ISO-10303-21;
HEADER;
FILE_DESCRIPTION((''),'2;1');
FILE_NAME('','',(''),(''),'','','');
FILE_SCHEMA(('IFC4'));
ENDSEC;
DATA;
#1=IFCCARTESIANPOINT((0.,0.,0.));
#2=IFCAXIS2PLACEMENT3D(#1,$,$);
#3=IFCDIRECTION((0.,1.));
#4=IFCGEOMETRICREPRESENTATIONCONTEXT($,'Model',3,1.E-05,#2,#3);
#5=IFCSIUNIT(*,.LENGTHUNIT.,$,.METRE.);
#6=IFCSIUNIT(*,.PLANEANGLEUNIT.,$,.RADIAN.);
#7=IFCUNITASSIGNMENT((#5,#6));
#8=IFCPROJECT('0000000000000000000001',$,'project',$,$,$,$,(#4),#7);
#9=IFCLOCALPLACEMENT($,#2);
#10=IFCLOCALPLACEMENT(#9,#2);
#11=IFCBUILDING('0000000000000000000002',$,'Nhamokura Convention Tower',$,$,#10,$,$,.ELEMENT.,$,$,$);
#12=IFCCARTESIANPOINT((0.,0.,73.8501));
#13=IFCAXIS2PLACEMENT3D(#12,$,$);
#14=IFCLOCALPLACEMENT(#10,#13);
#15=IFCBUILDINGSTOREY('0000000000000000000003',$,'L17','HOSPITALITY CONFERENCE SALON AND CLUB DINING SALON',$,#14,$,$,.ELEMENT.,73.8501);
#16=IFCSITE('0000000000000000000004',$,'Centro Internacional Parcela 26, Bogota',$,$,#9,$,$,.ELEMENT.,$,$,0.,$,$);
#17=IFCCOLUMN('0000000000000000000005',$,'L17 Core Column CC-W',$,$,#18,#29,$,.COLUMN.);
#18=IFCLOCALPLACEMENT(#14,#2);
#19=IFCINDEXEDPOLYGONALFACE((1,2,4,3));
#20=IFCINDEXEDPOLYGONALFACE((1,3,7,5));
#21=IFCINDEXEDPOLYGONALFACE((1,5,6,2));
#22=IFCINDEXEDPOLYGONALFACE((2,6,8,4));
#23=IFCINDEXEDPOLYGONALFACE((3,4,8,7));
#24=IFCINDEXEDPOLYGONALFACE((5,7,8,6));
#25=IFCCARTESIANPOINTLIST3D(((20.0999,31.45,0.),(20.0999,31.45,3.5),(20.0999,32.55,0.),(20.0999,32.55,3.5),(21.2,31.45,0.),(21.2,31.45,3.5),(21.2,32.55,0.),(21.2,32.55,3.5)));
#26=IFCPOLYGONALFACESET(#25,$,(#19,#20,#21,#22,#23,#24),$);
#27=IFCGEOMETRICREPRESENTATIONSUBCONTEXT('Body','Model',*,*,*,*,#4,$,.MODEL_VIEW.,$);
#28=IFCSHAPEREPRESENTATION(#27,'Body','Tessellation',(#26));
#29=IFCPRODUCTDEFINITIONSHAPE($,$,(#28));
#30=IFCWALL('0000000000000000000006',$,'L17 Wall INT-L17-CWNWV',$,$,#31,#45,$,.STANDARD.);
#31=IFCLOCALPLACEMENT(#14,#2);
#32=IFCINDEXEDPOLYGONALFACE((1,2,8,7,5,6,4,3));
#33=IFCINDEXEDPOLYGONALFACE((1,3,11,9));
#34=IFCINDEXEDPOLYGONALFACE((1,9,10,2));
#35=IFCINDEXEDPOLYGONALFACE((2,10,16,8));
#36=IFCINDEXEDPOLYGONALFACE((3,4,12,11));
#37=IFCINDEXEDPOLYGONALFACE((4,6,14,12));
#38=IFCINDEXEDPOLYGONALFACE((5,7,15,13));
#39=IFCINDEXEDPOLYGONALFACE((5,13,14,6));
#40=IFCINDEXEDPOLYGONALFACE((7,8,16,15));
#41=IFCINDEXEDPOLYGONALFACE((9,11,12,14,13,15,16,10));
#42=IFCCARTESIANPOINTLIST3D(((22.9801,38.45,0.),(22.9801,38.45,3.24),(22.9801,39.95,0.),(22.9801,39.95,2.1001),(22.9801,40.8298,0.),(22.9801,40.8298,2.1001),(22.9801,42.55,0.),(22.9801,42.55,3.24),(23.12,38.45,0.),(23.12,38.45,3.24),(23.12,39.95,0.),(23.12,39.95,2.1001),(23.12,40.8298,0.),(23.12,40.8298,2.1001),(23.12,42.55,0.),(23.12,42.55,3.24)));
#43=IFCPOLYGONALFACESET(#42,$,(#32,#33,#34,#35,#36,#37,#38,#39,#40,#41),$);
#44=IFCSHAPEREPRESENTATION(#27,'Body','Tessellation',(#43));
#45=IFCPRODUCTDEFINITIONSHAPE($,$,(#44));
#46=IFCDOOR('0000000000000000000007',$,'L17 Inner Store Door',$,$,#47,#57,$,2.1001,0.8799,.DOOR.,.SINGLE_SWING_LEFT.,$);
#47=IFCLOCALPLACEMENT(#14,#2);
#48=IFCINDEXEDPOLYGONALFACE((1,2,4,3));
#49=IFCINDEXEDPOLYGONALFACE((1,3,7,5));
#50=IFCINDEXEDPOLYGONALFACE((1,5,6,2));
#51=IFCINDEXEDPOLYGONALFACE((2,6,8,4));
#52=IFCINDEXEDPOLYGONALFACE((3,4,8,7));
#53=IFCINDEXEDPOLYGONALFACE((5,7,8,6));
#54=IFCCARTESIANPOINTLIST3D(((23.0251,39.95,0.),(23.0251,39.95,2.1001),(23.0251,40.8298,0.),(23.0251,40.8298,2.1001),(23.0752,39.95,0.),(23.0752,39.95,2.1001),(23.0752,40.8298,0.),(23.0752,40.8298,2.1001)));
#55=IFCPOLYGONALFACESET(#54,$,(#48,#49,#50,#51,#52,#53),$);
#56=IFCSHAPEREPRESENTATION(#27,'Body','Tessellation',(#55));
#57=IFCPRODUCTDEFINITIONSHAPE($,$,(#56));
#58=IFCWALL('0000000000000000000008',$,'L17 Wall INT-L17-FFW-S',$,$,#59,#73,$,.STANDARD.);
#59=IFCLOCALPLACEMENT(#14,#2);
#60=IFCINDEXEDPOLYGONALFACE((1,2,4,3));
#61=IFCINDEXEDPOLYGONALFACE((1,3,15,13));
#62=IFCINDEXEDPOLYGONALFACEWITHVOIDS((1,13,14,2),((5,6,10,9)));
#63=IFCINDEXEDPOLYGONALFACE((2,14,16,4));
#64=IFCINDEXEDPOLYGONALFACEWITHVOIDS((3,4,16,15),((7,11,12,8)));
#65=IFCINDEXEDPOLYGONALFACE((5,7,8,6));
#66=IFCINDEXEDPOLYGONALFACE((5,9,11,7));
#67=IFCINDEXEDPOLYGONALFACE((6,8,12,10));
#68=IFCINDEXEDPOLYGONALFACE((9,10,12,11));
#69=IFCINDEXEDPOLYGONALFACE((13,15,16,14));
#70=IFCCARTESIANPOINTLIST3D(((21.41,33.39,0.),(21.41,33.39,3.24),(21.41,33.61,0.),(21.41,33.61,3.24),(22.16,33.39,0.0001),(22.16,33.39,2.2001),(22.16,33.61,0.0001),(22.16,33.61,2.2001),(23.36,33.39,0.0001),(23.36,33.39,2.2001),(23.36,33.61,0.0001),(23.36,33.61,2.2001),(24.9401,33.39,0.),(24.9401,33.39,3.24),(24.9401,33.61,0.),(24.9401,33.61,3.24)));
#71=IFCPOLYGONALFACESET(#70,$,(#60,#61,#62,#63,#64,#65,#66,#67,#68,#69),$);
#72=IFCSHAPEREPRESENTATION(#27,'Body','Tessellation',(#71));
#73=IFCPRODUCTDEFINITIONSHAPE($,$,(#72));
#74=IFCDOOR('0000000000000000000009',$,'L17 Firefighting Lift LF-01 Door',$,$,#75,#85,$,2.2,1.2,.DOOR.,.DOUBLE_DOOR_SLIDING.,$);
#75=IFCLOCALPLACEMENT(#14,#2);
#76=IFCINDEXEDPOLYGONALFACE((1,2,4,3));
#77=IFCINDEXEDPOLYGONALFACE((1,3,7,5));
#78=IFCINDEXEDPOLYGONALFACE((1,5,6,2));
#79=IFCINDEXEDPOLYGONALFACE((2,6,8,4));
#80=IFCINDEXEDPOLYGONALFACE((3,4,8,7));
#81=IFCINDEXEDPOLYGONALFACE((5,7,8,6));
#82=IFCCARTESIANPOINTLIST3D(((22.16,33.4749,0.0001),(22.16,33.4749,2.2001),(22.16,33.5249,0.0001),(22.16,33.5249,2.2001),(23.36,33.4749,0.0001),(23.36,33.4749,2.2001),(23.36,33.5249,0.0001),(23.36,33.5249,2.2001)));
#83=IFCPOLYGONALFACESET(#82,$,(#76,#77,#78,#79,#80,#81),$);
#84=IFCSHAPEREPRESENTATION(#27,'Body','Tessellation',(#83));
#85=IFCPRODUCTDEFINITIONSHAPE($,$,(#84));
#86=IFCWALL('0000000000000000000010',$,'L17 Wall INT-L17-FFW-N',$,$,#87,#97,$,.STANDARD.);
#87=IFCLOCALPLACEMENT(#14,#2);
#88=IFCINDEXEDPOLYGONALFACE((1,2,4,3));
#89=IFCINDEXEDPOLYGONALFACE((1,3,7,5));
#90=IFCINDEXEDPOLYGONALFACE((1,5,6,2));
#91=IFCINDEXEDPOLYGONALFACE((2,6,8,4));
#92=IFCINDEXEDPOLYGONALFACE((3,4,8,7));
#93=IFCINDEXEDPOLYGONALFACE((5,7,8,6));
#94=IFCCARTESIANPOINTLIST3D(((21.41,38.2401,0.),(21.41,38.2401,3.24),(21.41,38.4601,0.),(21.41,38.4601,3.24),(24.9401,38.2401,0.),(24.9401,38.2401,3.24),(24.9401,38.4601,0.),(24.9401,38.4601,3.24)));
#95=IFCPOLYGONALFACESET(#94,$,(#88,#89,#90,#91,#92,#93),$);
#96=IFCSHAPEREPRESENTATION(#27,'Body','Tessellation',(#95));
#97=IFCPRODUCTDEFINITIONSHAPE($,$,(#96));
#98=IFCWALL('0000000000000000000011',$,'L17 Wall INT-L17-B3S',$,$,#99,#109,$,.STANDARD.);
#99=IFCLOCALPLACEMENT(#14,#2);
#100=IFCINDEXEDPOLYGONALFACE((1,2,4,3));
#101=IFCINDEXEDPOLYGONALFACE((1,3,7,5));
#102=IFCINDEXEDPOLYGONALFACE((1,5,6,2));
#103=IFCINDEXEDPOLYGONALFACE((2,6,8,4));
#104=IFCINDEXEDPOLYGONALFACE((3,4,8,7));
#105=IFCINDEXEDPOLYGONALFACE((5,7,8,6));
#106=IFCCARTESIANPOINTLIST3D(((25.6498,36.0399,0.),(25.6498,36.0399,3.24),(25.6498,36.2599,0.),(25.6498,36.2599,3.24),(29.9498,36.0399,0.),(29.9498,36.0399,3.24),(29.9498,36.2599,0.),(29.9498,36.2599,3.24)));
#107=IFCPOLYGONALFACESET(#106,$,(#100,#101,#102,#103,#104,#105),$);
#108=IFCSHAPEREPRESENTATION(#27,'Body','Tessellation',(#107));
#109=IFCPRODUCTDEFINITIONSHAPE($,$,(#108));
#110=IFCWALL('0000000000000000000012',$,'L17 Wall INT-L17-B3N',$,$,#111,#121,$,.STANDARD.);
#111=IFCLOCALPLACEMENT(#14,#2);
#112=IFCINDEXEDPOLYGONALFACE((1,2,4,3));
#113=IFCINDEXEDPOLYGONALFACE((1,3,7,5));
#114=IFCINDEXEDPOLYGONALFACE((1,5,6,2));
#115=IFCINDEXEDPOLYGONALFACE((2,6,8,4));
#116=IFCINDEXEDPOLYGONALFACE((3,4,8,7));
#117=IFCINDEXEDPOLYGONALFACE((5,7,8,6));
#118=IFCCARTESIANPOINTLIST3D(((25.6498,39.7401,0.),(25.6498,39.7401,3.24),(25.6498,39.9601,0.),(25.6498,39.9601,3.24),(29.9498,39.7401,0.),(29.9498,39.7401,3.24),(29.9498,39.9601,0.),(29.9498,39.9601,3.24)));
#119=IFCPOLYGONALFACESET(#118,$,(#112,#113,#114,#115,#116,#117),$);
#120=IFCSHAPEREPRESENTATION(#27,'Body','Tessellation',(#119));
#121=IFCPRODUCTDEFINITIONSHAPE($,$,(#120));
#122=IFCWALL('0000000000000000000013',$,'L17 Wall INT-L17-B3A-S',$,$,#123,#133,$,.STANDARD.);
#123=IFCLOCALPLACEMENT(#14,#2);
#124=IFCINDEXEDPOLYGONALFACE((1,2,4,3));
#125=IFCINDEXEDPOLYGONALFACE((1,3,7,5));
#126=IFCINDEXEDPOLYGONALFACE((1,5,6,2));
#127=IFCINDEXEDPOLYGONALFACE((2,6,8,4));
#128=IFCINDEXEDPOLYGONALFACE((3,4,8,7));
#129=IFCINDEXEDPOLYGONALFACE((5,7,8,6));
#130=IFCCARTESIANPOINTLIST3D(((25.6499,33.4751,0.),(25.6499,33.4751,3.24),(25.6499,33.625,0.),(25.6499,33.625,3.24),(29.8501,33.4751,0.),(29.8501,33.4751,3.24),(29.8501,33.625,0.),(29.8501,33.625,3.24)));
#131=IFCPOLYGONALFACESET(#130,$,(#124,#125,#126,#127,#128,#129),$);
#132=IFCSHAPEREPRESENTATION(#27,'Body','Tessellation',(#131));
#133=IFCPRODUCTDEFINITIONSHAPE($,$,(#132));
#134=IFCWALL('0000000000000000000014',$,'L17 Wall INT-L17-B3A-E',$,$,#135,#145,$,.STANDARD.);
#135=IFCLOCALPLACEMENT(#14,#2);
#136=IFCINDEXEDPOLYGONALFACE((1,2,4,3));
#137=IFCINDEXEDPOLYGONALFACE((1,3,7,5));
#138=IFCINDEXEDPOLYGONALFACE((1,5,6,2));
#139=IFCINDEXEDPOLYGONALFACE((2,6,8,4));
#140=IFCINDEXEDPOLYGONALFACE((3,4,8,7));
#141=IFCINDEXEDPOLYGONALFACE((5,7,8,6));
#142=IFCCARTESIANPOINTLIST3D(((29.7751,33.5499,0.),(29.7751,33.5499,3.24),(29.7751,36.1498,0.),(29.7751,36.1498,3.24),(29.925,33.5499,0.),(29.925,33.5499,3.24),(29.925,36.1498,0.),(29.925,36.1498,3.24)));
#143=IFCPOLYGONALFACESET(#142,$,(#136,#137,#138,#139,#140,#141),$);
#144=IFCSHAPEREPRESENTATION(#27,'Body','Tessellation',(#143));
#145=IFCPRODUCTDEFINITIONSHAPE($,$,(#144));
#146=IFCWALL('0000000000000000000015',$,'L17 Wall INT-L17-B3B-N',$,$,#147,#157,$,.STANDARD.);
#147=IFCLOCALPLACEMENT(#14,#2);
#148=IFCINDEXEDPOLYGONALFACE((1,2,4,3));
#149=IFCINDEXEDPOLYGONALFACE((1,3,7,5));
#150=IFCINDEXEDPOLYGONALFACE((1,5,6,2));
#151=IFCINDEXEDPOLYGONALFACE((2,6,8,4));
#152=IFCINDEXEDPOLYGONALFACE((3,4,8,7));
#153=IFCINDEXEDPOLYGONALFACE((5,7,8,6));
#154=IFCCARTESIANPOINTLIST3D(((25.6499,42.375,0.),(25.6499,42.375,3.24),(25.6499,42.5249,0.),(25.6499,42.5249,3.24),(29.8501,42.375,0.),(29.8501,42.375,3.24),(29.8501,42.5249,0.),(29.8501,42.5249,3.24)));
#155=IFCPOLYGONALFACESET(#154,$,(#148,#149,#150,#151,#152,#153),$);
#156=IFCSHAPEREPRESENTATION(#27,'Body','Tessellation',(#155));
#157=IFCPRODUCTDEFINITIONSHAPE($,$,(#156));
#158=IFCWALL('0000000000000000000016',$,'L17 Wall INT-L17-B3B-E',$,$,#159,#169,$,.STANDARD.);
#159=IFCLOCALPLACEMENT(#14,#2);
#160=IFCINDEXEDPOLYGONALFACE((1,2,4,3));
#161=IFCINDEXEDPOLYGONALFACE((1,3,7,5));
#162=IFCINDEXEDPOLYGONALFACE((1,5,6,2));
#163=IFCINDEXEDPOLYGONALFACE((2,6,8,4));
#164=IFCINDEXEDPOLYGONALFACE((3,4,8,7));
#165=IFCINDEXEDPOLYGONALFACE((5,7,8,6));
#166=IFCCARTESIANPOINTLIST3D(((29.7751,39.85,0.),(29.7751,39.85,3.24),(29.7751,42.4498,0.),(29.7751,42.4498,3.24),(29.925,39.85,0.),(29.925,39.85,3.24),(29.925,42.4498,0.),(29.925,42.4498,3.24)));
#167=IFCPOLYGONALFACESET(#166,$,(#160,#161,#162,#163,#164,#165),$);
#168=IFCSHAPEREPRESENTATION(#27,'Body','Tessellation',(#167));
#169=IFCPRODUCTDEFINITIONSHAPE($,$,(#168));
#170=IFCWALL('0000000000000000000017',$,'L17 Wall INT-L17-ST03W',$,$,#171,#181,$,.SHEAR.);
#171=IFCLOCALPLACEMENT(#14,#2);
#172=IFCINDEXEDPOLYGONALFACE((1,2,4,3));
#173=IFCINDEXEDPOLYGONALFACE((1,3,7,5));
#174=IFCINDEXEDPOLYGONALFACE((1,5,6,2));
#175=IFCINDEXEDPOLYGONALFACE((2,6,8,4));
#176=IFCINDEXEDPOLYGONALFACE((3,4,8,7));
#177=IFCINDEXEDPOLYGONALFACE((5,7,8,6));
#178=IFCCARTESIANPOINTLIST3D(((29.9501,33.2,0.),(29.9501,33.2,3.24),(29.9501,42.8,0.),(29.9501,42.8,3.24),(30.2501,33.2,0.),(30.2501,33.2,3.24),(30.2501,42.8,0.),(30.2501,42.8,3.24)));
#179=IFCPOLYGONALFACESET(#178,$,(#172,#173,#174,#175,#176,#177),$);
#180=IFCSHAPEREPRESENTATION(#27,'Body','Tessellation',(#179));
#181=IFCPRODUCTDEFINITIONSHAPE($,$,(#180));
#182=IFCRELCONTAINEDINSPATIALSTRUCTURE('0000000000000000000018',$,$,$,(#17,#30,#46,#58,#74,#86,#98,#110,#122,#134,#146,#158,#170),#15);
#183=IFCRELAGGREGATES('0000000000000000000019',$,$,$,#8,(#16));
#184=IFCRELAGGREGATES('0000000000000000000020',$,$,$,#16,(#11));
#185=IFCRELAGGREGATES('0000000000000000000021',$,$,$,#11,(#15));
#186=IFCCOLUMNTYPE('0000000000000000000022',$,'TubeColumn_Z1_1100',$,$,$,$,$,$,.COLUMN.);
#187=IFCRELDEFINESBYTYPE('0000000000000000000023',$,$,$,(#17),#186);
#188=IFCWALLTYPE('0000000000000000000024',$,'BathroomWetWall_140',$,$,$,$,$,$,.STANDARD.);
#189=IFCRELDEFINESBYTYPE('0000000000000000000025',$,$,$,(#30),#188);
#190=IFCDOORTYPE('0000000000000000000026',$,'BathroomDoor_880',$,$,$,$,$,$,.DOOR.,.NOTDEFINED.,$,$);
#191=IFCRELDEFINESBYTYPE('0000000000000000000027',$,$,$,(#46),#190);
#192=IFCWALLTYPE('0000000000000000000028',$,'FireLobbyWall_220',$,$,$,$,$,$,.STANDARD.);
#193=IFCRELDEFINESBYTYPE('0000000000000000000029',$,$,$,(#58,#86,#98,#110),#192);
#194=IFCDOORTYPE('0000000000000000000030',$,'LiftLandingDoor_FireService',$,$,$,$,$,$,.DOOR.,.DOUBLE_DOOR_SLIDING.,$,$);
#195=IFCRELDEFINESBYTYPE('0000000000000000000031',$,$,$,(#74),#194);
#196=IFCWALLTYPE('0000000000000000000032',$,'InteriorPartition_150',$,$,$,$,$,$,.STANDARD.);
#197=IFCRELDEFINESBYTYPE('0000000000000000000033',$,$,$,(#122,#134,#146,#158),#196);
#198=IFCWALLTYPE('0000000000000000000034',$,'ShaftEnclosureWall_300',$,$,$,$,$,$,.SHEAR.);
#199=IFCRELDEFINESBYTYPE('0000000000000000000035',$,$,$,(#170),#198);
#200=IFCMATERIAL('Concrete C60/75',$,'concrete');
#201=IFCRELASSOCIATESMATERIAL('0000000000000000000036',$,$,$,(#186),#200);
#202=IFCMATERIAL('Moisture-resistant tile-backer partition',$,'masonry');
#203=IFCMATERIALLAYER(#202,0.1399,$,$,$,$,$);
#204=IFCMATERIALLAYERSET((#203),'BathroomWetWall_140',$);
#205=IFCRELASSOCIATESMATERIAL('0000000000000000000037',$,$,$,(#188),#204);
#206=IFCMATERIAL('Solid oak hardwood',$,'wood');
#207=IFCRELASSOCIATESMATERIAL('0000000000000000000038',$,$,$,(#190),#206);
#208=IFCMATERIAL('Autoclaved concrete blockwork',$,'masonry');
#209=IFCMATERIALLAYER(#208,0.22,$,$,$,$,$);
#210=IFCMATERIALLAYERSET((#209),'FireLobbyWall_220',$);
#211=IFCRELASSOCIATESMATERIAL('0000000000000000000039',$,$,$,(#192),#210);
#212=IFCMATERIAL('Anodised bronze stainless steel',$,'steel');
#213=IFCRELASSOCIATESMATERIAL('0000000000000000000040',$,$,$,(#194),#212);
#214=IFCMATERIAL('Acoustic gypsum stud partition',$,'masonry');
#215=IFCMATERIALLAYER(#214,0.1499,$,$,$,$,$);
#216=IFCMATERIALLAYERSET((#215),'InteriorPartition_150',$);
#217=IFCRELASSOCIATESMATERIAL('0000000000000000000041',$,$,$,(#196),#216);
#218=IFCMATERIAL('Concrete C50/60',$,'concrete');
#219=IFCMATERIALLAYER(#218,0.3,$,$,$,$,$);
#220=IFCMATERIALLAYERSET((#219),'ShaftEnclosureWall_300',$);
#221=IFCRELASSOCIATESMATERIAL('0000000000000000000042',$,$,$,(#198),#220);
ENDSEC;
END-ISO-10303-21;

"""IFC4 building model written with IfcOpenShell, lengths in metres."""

from ifc_helpers import new_model, si_unit, direction, frame, frame_2d, origin, origin_2d, place, context, subcontext, project, spatial, rectangle, extrude, material, layer, layer_set, material_profile, profile_set, type_object, element, fill, save


model = new_model("IFC4")

# Units and contexts
model_context = context("Model", 3, precision=1e-05, world=origin(), true_north=direction((0.0, 1.0)))
body_context = subcontext(model_context, "Body", "Model", "MODEL_VIEW")
ifc_project = project(units=[si_unit("LENGTHUNIT", "METRE"), si_unit("PLANEANGLEUNIT", "RADIAN")], contexts=[model_context])

# Site, building, storey
site_placement = place(None, origin())
site = spatial("IfcSite", under=ifc_project, at=site_placement, Name="Centro Internacional Parcela 26, Bogota", CompositionType="ELEMENT", RefElevation=0.0)
building_placement = place(site_placement, origin())
building = spatial("IfcBuilding", under=site, at=building_placement, Name="Nhamokura Convention Tower", CompositionType="ELEMENT")
storey_placement = place(building_placement, frame((0.0, 0.0, 73.8501)))
storey = spatial("IfcBuildingStorey", under=building, at=storey_placement, Name="L17", Description="HOSPITALITY CONFERENCE SALON AND CLUB DINING SALON", CompositionType="ELEMENT", Elevation=73.8501)

# Column
ifc_material_1 = material(Name="Concrete C60/75", Category="concrete")
ifc_material_profile = material_profile(ifc_material_1, rectangle(XDim=1.1001, YDim=1.1001, at=origin_2d()))
ifc_profile_set = profile_set([ifc_material_profile], Name="Concrete C60/75")
column_type = type_object("IfcColumnType", Name="TubeColumn_Z1_1100", PredefinedType="COLUMN", material=ifc_profile_set)
column_placement = place(storey_placement, frame((20.6499, 32.0, 0.0), z_axis=(0.0, 0.0, 1.0), x_axis=(1.0, 0.0, 0.0)))
element("IfcColumn", 1, at=column_placement, inside=storey, type_object=column_type, Name="L17 Core Column CC-W", PredefinedType="COLUMN", context=body_context, shape_type="SweptSolid", body=[
    extrude(rectangle(XDim=1.1001, YDim=1.1001, at=origin_2d()), origin(), (0.0, 0.0, 1.0), 3.5),
])

# Walls, openings, doors
ifc_material_2 = material(Name="Moisture-resistant tile-backer partition", Category="masonry")
ifc_layer_1 = layer(ifc_material_2, 0.1399)
ifc_layer_set_1 = layer_set([ifc_layer_1], Name="BathroomWetWall_140")
wall_type_1 = type_object("IfcWallType", Name="BathroomWetWall_140", PredefinedType="STANDARD", material=ifc_layer_set_1)
wall_1_placement = place(storey_placement, frame((23.05, 38.45, 0.0), z_axis=(0.0, 0.0, 1.0), x_axis=(0.0, 1.0, 0.0)))
wall_1 = element("IfcWall", 2, at=wall_1_placement, inside=storey, type_object=wall_type_1, Name="L17 Wall INT-L17-CWNWV", PredefinedType="STANDARD", context=body_context, shape_type="SweptSolid", body=[
    extrude(rectangle(XDim=4.1001, YDim=0.1399, at=frame_2d((2.05, 0.0))), origin(), (0.0, 0.0, 1.0), 3.24),
])
opening_1_placement = place(wall_1_placement, frame((1.5, 0.0, 0.0)))
opening_1 = element("IfcOpeningElement", 3, at=opening_1_placement, cuts=wall_1, PredefinedType="OPENING", context=body_context, shape_type="SweptSolid", body=[
    extrude(rectangle(XDim=0.8799, YDim=2.1001, at=frame_2d((0.4399, 1.05))), frame((0.0, 0.0798, 0.0), z_axis=(0.0, -1.0, 0.0), x_axis=(1.0, 0.0, 0.0)), (0.0, 0.0, 1.0), 0.1599),
])
ifc_material_3 = material(Name="Solid oak hardwood", Category="wood")
door_type_1 = type_object("IfcDoorType", Name="BathroomDoor_880", OperationType="NOTDEFINED", PredefinedType="DOOR", material=ifc_material_3)
door_1_placement = place(opening_1_placement, origin())
door_1 = element("IfcDoor", 4, at=door_1_placement, inside=storey, type_object=door_type_1, Name="L17 Inner Store Door", OperationType="SINGLE_SWING_LEFT", OverallHeight=2.1001, OverallWidth=0.8799, PredefinedType="DOOR", context=body_context, shape_type="SweptSolid", body=[
    extrude(rectangle(XDim=0.8799, YDim=2.1001, at=frame_2d((0.4399, 1.05))), frame((0.0, 0.0249, 0.0), z_axis=(0.0, -1.0, 0.0), x_axis=(1.0, 0.0, 0.0)), (0.0, 0.0, 1.0), 0.05),
])
fill(opening_1, door_1)
ifc_material_4 = material(Name="Autoclaved concrete blockwork", Category="masonry")
ifc_layer_2 = layer(ifc_material_4, 0.22)
ifc_layer_set_2 = layer_set([ifc_layer_2], Name="FireLobbyWall_220")
wall_type_2 = type_object("IfcWallType", Name="FireLobbyWall_220", PredefinedType="STANDARD", material=ifc_layer_set_2)
wall_2_placement = place(storey_placement, frame((21.4099, 33.5, 0.0), z_axis=(0.0, 0.0, 1.0), x_axis=(1.0, 0.0, 0.0)))
wall_2 = element("IfcWall", 5, at=wall_2_placement, inside=storey, type_object=wall_type_2, Name="L17 Wall INT-L17-FFW-S", PredefinedType="STANDARD", context=body_context, shape_type="SweptSolid", body=[
    extrude(rectangle(XDim=3.53, YDim=0.22, at=frame_2d((1.7651, 0.0))), origin(), (0.0, 0.0, 1.0), 3.24),
])
opening_2_placement = place(wall_2_placement, frame((0.75, 0.0, 0.0)))
opening_2 = element("IfcOpeningElement", 6, at=opening_2_placement, cuts=wall_2, PredefinedType="OPENING", context=body_context, shape_type="SweptSolid", body=[
    extrude(rectangle(XDim=1.2, YDim=2.2, at=frame_2d((0.6001, 1.1001))), frame((0.0, 0.1199, 0.0), z_axis=(0.0, -1.0, 0.0), x_axis=(1.0, 0.0, 0.0)), (0.0, 0.0, 1.0), 0.24),
])
ifc_material_5 = material(Name="Anodised bronze stainless steel", Category="steel")
door_type_2 = type_object("IfcDoorType", Name="LiftLandingDoor_FireService", OperationType="DOUBLE_DOOR_SLIDING", PredefinedType="DOOR", material=ifc_material_5)
door_2_placement = place(opening_2_placement, origin())
door_2 = element("IfcDoor", 7, at=door_2_placement, inside=storey, type_object=door_type_2, Name="L17 Firefighting Lift LF-01 Door", OperationType="DOUBLE_DOOR_SLIDING", OverallHeight=2.2, OverallWidth=1.2, PredefinedType="DOOR", context=body_context, shape_type="SweptSolid", body=[
    extrude(rectangle(XDim=1.2, YDim=2.2, at=frame_2d((0.6001, 1.1001))), frame((0.0, 0.0249, 0.0), z_axis=(0.0, -1.0, 0.0), x_axis=(1.0, 0.0, 0.0)), (0.0, 0.0, 1.0), 0.05),
])
fill(opening_2, door_2)

# Walls
wall_3_placement = place(storey_placement, frame((21.4099, 38.3501, 0.0), z_axis=(0.0, 0.0, 1.0), x_axis=(1.0, 0.0, 0.0)))
element("IfcWall", 8, at=wall_3_placement, inside=storey, type_object=wall_type_2, Name="L17 Wall INT-L17-FFW-N", PredefinedType="STANDARD", context=body_context, shape_type="SweptSolid", body=[
    extrude(rectangle(XDim=3.53, YDim=0.22, at=frame_2d((1.7651, 0.0))), origin(), (0.0, 0.0, 1.0), 3.24),
])
for number, where, z_axis, x_axis, name in (
    (9, (25.6499, 36.1499, 0.0), (0.0, 0.0, 1.0), (1.0, 0.0, 0.0), "L17 Wall INT-L17-B3S"),
    (10, (25.6499, 39.8501, 0.0), (0.0, 0.0, 1.0), (1.0, 0.0, 0.0), "L17 Wall INT-L17-B3N"),
):
    element("IfcWall", number, at=place(storey_placement, frame(where, z_axis=z_axis, x_axis=x_axis)), inside=storey, type_object=wall_type_2, Name=name, PredefinedType="STANDARD", context=body_context, shape_type="SweptSolid", body=[
        extrude(rectangle(XDim=4.3, YDim=0.22, at=frame_2d((2.1499, 0.0))), origin(), (0.0, 0.0, 1.0), 3.24),
    ])
ifc_material_6 = material(Name="Acoustic gypsum stud partition", Category="masonry")
ifc_layer_3 = layer(ifc_material_6, 0.1499)
ifc_layer_set_3 = layer_set([ifc_layer_3], Name="InteriorPartition_150")
wall_type_3 = type_object("IfcWallType", Name="InteriorPartition_150", PredefinedType="STANDARD", material=ifc_layer_set_3)
wall_4_placement = place(storey_placement, frame((25.6499, 33.55, 0.0), z_axis=(0.0, 0.0, 1.0), x_axis=(1.0, 0.0, 0.0)))
element("IfcWall", 11, at=wall_4_placement, inside=storey, type_object=wall_type_3, Name="L17 Wall INT-L17-B3A-S", PredefinedType="STANDARD", context=body_context, shape_type="SweptSolid", body=[
    extrude(rectangle(XDim=4.2002, YDim=0.1499, at=frame_2d((2.1001, 0.0))), origin(), (0.0, 0.0, 1.0), 3.24),
])
wall_5_placement = place(storey_placement, frame((29.8501, 33.55, 0.0), z_axis=(0.0, 0.0, 1.0), x_axis=(0.0, 1.0, 0.0)))
element("IfcWall", 12, at=wall_5_placement, inside=storey, type_object=wall_type_3, Name="L17 Wall INT-L17-B3A-E", PredefinedType="STANDARD", context=body_context, shape_type="SweptSolid", body=[
    extrude(rectangle(XDim=2.5999, YDim=0.1499, at=frame_2d((1.2998, 0.0))), origin(), (0.0, 0.0, 1.0), 3.24),
])
wall_6_placement = place(storey_placement, frame((25.6499, 42.45, 0.0), z_axis=(0.0, 0.0, 1.0), x_axis=(1.0, 0.0, 0.0)))
element("IfcWall", 13, at=wall_6_placement, inside=storey, type_object=wall_type_3, Name="L17 Wall INT-L17-B3B-N", PredefinedType="STANDARD", context=body_context, shape_type="SweptSolid", body=[
    extrude(rectangle(XDim=4.2002, YDim=0.1499, at=frame_2d((2.1001, 0.0))), origin(), (0.0, 0.0, 1.0), 3.24),
])
wall_7_placement = place(storey_placement, frame((29.8501, 39.8501, 0.0), z_axis=(0.0, 0.0, 1.0), x_axis=(0.0, 1.0, 0.0)))
element("IfcWall", 14, at=wall_7_placement, inside=storey, type_object=wall_type_3, Name="L17 Wall INT-L17-B3B-E", PredefinedType="STANDARD", context=body_context, shape_type="SweptSolid", body=[
    extrude(rectangle(XDim=2.5999, YDim=0.1499, at=frame_2d((1.2998, 0.0))), origin(), (0.0, 0.0, 1.0), 3.24),
])
ifc_material_7 = material(Name="Concrete C50/60", Category="concrete")
ifc_layer_4 = layer(ifc_material_7, 0.3)
ifc_layer_set_4 = layer_set([ifc_layer_4], Name="ShaftEnclosureWall_300")
wall_type_4 = type_object("IfcWallType", Name="ShaftEnclosureWall_300", PredefinedType="SHEAR", material=ifc_layer_set_4)
wall_8_placement = place(storey_placement, frame((30.1001, 33.2, 0.0), z_axis=(0.0, 0.0, 1.0), x_axis=(0.0, 1.0, 0.0)))
element("IfcWall", 15, at=wall_8_placement, inside=storey, type_object=wall_type_4, Name="L17 Wall INT-L17-ST03W", PredefinedType="SHEAR", context=body_context, shape_type="SweptSolid", body=[
    extrude(rectangle(XDim=9.6001, YDim=0.3, at=frame_2d((4.8, 0.0))), origin(), (0.0, 0.0, 1.0), 3.24),
])

save(model, "model.ifc")
